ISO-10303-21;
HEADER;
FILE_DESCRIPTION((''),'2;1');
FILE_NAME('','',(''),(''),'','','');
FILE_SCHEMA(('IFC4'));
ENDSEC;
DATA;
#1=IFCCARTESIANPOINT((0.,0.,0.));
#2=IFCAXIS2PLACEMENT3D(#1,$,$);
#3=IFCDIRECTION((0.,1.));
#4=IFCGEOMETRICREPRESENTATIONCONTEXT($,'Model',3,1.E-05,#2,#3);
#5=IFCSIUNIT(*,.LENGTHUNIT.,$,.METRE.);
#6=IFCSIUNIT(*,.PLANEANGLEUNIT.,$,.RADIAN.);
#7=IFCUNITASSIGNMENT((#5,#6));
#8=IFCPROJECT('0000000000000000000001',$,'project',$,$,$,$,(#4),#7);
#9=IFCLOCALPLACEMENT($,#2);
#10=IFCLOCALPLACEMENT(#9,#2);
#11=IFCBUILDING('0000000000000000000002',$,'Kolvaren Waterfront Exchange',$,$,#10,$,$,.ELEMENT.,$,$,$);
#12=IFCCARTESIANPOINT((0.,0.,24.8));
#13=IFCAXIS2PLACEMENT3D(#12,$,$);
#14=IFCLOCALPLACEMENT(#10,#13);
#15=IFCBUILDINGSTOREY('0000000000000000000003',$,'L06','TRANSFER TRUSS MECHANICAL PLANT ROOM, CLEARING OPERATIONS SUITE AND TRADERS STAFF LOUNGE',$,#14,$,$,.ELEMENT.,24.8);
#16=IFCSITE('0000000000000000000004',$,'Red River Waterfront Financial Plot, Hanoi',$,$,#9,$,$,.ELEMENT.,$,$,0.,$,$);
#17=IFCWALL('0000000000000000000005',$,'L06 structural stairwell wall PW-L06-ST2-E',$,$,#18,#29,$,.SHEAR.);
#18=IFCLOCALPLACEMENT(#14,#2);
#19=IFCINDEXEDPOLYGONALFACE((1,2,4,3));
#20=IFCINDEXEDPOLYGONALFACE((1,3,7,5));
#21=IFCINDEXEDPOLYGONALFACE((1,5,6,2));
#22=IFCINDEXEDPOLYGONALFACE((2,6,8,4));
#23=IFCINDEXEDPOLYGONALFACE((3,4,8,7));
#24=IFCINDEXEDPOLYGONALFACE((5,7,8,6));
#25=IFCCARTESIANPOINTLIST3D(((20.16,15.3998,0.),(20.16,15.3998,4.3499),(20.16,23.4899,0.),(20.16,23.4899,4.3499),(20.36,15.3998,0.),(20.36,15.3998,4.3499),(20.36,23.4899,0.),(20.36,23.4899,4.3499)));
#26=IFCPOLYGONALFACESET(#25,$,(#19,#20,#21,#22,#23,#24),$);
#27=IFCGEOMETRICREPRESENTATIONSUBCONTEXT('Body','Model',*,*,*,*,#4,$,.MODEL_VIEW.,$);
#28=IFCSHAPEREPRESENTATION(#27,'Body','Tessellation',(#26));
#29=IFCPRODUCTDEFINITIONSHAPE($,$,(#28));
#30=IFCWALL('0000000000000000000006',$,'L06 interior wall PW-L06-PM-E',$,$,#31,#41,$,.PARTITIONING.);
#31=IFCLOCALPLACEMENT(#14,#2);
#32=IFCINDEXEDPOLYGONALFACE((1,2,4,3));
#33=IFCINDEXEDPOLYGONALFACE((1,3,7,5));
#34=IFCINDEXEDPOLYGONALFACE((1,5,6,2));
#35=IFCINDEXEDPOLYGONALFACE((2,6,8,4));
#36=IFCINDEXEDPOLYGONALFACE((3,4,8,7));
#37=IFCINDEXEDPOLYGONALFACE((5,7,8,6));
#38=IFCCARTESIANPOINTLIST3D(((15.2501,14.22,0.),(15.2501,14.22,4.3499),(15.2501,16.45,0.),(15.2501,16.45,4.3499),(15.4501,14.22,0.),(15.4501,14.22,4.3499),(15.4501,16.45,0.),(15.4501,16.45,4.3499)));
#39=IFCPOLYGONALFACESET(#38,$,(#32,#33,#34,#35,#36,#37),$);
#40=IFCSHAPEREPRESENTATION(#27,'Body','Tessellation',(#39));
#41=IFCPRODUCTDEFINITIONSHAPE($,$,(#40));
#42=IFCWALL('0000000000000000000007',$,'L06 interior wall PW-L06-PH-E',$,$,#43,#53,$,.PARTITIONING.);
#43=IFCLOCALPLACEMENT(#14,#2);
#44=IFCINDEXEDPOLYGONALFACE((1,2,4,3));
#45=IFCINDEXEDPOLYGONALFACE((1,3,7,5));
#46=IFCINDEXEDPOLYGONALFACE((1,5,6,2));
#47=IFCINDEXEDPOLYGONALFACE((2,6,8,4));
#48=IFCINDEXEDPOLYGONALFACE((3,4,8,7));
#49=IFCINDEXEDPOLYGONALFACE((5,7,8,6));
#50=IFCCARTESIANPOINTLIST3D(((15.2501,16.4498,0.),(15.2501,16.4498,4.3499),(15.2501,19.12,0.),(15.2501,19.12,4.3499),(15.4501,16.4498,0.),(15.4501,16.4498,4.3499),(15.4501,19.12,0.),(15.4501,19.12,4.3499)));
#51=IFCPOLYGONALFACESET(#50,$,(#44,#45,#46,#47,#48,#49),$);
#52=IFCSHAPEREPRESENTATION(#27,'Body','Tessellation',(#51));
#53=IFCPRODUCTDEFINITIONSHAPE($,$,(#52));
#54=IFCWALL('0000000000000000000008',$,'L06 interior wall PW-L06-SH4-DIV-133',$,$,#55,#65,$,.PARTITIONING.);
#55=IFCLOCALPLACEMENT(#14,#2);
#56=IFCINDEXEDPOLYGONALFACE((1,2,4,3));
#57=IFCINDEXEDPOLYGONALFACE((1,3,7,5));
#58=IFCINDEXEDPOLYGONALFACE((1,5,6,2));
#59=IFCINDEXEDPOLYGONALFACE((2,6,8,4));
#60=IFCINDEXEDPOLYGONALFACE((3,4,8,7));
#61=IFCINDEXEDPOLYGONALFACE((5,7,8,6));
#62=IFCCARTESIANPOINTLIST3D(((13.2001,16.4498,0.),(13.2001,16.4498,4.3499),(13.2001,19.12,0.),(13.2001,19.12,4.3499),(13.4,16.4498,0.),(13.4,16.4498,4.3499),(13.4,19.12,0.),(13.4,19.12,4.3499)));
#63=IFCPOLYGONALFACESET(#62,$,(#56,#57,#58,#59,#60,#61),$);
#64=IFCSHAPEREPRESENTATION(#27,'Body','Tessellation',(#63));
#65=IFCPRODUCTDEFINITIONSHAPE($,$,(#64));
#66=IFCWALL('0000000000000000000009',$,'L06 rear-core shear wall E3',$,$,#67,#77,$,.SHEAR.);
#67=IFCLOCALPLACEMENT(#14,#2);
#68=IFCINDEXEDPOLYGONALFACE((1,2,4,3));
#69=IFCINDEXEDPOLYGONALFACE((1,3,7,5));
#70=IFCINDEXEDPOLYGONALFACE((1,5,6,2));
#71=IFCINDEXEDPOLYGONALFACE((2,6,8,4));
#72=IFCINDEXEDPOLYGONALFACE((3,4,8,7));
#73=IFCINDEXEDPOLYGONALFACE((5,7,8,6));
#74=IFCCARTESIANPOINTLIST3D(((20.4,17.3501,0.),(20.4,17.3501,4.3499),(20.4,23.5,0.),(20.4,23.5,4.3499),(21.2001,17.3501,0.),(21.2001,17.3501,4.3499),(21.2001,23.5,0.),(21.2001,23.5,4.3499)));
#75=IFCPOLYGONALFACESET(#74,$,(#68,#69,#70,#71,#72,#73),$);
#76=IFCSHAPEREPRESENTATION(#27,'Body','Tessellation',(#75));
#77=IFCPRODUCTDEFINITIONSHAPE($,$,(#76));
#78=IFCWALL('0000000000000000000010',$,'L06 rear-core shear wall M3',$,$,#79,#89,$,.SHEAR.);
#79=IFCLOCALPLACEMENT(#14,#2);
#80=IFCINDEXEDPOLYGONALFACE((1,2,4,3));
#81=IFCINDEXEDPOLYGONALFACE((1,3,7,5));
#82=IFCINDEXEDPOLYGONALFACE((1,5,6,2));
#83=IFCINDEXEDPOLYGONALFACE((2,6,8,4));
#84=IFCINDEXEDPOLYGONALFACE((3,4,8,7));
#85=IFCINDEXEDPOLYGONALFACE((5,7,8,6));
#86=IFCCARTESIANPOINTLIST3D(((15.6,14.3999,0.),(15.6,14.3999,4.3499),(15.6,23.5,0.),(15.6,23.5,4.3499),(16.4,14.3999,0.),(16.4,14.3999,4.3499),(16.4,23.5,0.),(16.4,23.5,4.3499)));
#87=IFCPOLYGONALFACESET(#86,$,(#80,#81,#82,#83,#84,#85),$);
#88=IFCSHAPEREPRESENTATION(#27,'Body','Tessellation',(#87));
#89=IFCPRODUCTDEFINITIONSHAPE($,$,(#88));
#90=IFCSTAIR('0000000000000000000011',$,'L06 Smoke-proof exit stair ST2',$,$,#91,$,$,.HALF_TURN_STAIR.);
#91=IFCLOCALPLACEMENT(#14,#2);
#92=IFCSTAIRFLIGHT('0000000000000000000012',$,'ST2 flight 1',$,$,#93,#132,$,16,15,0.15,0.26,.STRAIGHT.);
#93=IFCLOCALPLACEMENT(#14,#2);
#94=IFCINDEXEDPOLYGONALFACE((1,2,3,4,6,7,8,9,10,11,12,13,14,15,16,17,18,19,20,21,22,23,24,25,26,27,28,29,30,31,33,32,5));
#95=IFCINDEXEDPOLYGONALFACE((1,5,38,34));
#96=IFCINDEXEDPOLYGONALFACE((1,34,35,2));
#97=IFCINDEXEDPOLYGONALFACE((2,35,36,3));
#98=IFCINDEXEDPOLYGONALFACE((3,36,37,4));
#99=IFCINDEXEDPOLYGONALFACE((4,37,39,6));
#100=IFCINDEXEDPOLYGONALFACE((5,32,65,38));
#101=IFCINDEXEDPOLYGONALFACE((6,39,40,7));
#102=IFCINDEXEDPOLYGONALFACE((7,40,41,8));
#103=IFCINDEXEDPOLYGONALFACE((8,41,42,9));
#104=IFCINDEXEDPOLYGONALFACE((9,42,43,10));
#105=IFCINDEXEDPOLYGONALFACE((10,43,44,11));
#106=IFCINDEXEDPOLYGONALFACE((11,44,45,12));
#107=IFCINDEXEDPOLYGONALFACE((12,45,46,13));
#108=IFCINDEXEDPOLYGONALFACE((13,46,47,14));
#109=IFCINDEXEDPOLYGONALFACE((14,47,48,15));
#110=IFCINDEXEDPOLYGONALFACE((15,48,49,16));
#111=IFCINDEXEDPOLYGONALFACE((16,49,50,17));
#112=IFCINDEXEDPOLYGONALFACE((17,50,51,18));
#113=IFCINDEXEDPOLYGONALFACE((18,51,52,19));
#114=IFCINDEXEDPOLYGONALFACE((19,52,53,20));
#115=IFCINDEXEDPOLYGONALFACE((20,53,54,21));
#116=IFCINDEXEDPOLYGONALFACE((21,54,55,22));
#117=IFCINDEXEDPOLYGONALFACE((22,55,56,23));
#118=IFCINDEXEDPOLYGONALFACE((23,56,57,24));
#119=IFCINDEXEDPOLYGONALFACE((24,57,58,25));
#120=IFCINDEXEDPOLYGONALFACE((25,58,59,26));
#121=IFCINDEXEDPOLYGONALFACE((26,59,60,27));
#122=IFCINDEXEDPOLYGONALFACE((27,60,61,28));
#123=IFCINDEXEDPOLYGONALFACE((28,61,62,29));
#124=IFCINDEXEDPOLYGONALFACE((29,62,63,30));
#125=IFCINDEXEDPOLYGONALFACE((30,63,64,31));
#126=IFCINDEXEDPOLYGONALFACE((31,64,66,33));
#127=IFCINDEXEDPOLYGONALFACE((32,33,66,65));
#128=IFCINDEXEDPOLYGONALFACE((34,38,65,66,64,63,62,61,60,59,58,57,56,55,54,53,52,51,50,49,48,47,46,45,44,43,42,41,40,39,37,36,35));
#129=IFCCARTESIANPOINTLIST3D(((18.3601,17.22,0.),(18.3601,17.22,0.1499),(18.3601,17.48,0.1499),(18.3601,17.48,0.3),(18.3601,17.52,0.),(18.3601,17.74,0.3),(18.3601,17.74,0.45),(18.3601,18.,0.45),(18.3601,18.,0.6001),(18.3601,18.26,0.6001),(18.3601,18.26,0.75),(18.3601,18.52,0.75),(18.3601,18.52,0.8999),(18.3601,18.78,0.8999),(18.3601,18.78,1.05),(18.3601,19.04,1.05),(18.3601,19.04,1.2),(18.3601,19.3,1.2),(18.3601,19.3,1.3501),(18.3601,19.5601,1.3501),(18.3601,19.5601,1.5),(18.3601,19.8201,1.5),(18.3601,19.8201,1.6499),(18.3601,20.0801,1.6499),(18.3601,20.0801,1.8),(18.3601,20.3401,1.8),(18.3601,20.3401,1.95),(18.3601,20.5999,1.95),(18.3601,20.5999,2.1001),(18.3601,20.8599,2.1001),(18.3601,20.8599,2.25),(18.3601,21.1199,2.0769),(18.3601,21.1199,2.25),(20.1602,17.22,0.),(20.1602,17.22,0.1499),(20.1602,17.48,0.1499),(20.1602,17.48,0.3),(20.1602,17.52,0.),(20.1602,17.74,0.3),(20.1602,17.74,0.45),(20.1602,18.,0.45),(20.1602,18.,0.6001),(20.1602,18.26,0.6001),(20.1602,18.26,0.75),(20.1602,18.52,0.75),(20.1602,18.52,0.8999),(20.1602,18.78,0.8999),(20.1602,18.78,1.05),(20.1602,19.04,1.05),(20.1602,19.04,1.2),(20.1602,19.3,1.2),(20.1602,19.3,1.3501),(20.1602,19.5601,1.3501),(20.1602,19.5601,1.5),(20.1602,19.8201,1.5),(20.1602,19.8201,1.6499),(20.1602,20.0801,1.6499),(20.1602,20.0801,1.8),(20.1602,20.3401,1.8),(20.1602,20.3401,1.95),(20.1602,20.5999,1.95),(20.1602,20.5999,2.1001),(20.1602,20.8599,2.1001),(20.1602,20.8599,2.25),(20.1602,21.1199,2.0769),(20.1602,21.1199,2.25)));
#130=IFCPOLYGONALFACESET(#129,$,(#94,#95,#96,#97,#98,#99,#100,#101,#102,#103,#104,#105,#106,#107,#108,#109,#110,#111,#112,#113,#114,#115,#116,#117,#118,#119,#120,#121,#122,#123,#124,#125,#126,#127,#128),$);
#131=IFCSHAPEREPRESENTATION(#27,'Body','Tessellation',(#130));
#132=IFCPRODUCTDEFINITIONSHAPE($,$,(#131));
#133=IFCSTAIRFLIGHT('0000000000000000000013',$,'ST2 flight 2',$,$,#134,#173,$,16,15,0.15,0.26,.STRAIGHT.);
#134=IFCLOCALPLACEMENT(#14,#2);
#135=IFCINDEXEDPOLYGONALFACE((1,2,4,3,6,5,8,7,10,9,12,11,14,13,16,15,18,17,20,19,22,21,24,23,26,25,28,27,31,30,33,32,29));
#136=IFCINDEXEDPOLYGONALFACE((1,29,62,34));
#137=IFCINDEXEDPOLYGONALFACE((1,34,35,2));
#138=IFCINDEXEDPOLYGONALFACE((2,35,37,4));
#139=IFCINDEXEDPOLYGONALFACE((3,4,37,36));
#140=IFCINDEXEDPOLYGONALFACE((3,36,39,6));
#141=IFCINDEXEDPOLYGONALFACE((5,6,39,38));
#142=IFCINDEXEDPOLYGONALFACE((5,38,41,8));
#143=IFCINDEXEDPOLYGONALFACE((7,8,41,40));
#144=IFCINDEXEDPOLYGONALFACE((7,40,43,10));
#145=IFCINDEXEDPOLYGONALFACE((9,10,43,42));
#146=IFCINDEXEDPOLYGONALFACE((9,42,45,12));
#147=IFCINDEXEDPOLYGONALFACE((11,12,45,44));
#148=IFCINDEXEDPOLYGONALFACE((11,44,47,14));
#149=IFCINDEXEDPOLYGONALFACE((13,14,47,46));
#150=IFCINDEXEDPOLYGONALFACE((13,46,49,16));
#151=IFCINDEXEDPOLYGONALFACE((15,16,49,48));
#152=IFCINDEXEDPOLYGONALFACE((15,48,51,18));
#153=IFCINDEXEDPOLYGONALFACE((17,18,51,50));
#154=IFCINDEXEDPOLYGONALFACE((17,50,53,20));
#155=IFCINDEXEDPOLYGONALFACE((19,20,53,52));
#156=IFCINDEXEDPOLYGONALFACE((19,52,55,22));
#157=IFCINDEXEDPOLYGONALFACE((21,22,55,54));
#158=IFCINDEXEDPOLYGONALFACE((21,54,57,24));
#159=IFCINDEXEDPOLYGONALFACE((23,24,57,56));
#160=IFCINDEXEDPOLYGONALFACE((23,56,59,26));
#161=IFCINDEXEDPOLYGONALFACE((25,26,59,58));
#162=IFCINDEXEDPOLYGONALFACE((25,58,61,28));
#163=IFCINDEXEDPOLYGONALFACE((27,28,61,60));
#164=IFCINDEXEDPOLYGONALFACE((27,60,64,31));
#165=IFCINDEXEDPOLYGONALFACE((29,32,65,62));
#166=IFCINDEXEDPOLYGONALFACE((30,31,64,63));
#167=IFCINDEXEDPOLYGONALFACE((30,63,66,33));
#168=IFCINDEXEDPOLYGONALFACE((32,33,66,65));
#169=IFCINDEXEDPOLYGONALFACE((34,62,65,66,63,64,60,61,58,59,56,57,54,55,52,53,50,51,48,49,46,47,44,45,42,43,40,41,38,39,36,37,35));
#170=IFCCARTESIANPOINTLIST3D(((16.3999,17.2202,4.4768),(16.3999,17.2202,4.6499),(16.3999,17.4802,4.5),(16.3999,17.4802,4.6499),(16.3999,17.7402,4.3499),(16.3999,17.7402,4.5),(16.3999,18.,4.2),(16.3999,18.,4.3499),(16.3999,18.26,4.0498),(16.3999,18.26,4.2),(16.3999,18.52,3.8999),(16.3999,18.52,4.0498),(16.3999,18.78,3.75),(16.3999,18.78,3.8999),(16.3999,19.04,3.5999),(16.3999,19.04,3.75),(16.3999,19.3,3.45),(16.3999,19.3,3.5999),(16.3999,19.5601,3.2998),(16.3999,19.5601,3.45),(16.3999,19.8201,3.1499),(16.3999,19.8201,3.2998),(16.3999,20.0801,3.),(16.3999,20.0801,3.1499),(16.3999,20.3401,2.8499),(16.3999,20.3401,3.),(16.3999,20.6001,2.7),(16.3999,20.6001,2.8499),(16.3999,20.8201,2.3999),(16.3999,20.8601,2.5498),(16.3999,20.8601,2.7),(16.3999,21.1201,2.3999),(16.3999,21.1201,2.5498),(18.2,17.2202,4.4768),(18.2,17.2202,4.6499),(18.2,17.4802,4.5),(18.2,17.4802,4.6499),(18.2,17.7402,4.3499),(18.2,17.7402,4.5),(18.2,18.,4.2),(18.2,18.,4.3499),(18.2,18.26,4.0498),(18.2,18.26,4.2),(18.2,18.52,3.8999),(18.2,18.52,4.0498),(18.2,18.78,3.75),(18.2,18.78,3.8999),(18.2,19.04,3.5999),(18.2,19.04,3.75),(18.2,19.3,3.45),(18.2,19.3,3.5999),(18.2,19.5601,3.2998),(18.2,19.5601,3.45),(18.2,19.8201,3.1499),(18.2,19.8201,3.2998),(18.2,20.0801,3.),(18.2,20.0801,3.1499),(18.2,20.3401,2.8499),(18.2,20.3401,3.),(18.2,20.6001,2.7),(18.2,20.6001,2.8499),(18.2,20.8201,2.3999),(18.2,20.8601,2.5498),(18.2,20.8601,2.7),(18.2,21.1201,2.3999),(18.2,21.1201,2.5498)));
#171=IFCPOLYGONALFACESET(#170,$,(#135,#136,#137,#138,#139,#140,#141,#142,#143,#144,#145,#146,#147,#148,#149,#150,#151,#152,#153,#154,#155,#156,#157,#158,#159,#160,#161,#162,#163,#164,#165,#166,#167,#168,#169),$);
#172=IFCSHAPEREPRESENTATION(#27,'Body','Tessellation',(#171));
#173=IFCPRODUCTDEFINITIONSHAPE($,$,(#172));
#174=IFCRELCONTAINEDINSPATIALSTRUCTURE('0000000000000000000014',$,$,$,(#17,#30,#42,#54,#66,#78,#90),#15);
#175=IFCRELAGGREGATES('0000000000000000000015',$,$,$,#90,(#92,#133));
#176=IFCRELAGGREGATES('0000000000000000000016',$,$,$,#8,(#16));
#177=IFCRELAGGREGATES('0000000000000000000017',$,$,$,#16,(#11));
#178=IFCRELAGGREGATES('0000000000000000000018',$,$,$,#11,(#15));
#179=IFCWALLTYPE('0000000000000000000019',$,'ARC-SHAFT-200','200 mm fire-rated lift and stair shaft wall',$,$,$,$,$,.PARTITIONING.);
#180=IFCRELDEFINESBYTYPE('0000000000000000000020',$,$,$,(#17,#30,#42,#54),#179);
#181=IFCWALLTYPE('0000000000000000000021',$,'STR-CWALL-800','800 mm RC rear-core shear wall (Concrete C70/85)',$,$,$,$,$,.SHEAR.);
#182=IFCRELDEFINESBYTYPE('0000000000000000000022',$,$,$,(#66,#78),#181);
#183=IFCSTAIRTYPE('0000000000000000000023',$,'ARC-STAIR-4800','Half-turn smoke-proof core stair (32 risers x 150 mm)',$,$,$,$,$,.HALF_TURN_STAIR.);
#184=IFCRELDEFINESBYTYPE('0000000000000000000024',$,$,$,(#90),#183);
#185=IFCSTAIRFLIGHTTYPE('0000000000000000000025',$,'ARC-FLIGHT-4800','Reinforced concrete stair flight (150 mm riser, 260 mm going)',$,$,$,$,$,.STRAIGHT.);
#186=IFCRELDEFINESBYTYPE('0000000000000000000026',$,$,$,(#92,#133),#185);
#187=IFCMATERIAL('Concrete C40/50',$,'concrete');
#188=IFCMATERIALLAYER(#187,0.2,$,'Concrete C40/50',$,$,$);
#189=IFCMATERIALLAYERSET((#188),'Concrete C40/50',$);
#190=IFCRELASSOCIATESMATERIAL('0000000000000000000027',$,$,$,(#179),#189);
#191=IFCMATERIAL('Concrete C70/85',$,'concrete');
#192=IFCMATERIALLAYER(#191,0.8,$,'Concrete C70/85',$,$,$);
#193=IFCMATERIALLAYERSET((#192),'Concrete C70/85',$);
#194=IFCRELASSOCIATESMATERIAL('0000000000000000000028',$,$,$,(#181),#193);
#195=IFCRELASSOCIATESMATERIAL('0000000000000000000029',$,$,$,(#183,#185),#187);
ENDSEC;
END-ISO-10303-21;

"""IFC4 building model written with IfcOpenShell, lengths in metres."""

from ifc_helpers import new_model, si_unit, direction, frame, frame_2d, origin, place, context, subcontext, project, spatial, polyline, rectangle, outline, extrude, material, layer, layer_set, type_object, element, aggregate, save


model = new_model("IFC4")

# Units and contexts
model_context = context("Model", 3, precision=1e-05, world=origin(), true_north=direction((0.0, 1.0)))
body_context = subcontext(model_context, "Body", "Model", "MODEL_VIEW")
ifc_project = project(units=[si_unit("LENGTHUNIT", "METRE"), si_unit("PLANEANGLEUNIT", "RADIAN")], contexts=[model_context])

# Site, building, storey
site_placement = place(None, origin())
site = spatial("IfcSite", under=ifc_project, at=site_placement, Name="Red River Waterfront Financial Plot, Hanoi", CompositionType="ELEMENT", RefElevation=0.0)
building_placement = place(site_placement, origin())
building = spatial("IfcBuilding", under=site, at=building_placement, Name="Kolvaren Waterfront Exchange", CompositionType="ELEMENT")
storey_placement = place(building_placement, frame((0.0, 0.0, 24.8)))
storey = spatial("IfcBuildingStorey", under=building, at=storey_placement, Name="L06", Description="TRANSFER TRUSS MECHANICAL PLANT ROOM, CLEARING OPERATIONS SUITE AND TRADERS STAFF LOUNGE", CompositionType="ELEMENT", Elevation=24.8)

# Shared definitions
ifc_material_1 = material(Name="Concrete C70/85", Category="concrete")

# Walls
ifc_material_2 = material(Name="Concrete C40/50", Category="concrete")
ifc_layer_1 = layer(ifc_material_2, 0.2, Name="Concrete C40/50")
ifc_layer_set_1 = layer_set([ifc_layer_1], Name="Concrete C40/50")
wall_type_1 = type_object("IfcWallType", Name="ARC-SHAFT-200", Description="200 mm fire-rated lift and stair shaft wall", PredefinedType="PARTITIONING", material=ifc_layer_set_1)
wall_1_placement = place(storey_placement, frame((20.26, 15.3999, 0.0), z_axis=(0.0, 0.0, 1.0), x_axis=(0.0, 1.0, 0.0)))
element("IfcWall", 1, at=wall_1_placement, inside=storey, type_object=wall_type_1, Name="L06 structural stairwell wall PW-L06-ST2-E", PredefinedType="SHEAR", context=body_context, shape_type="SweptSolid", body=[
    extrude(rectangle(XDim=8.0901, YDim=0.2, at=frame_2d((4.0449, 0.0))), origin(), (0.0, 0.0, 1.0), 4.3499),
])
wall_2_placement = place(storey_placement, frame((15.3501, 14.22, 0.0), z_axis=(0.0, 0.0, 1.0), x_axis=(0.0, 1.0, 0.0)))
element("IfcWall", 2, at=wall_2_placement, inside=storey, type_object=wall_type_1, Name="L06 interior wall PW-L06-PM-E", PredefinedType="PARTITIONING", context=body_context, shape_type="SweptSolid", body=[
    extrude(rectangle(XDim=2.23, YDim=0.2, at=frame_2d((1.115, 0.0))), origin(), (0.0, 0.0, 1.0), 4.3499),
])
for number, where, z_axis, x_axis, name in (
    (3, (15.3501, 16.45, 0.0), (0.0, 0.0, 1.0), (0.0, 1.0, 0.0), "L06 interior wall PW-L06-PH-E"),
    (4, (13.3, 16.45, 0.0), (0.0, 0.0, 1.0), (0.0, 1.0, 0.0), "L06 interior wall PW-L06-SH4-DIV-133"),
):
    element("IfcWall", number, at=place(storey_placement, frame(where, z_axis=z_axis, x_axis=x_axis)), inside=storey, type_object=wall_type_1, Name=name, PredefinedType="PARTITIONING", context=body_context, shape_type="SweptSolid", body=[
        extrude(rectangle(XDim=2.6702, YDim=0.2, at=frame_2d((1.335, 0.0))), origin(), (0.0, 0.0, 1.0), 4.3499),
    ])
ifc_layer_2 = layer(ifc_material_1, 0.8, Name="Concrete C70/85")
ifc_layer_set_2 = layer_set([ifc_layer_2], Name="Concrete C70/85")
wall_type_2 = type_object("IfcWallType", Name="STR-CWALL-800", Description="800 mm RC rear-core shear wall (Concrete C70/85)", PredefinedType="SHEAR", material=ifc_layer_set_2)
wall_3_placement = place(storey_placement, frame((20.8, 17.3501, 0.0), z_axis=(0.0, 0.0, 1.0), x_axis=(0.0, 1.0, 0.0)))
element("IfcWall", 5, at=wall_3_placement, inside=storey, type_object=wall_type_2, Name="L06 rear-core shear wall E3", PredefinedType="SHEAR", context=body_context, shape_type="SweptSolid", body=[
    extrude(rectangle(XDim=6.1499, YDim=0.8, at=frame_2d((3.075, 0.0))), origin(), (0.0, 0.0, 1.0), 4.3499),
])
wall_4_placement = place(storey_placement, frame((16.0, 14.3999, 0.0), z_axis=(0.0, 0.0, 1.0), x_axis=(0.0, 1.0, 0.0)))
element("IfcWall", 6, at=wall_4_placement, inside=storey, type_object=wall_type_2, Name="L06 rear-core shear wall M3", PredefinedType="SHEAR", context=body_context, shape_type="SweptSolid", body=[
    extrude(rectangle(XDim=9.1001, YDim=0.8, at=frame_2d((4.55, 0.0))), origin(), (0.0, 0.0, 1.0), 4.3499),
])

# Stair, stair flights
stair_type = type_object("IfcStairType", Name="ARC-STAIR-4800", Description="Half-turn smoke-proof core stair (32 risers x 150 mm)", PredefinedType="HALF_TURN_STAIR", material=ifc_material_2)
stair_placement = place(storey_placement, origin())
stair = element("IfcStair", 7, at=stair_placement, inside=storey, type_object=stair_type, Name="L06 Smoke-proof exit stair ST2", PredefinedType="HALF_TURN_STAIR")
stair_flight_type = type_object("IfcStairFlightType", Name="ARC-FLIGHT-4800", Description="Reinforced concrete stair flight (150 mm riser, 260 mm going)", PredefinedType="STRAIGHT", material=ifc_material_2)
stair_flight_1_placement = place(storey_placement, frame((19.26, 17.22, 0.0), z_axis=(0.0, 0.0, 1.0), x_axis=(0.0, 1.0, 0.0)))
stair_flight_1 = element("IfcStairFlight", 8, at=stair_flight_1_placement, type_object=stair_flight_type, Name="ST2 flight 1", NumberOfRisers=16, NumberOfTreads=15, PredefinedType="STRAIGHT", RiserHeight=0.15, TreadLength=0.26, context=body_context, shape_type="SweptSolid", body=[
    extrude(outline(polyline([(0.0, 0.0), (0.0, 0.1499), (0.26, 0.1499), (0.26, 0.3), (0.52, 0.3), (0.52, 0.45), (0.78, 0.45), (0.78, 0.6001), (1.04, 0.6001), (1.04, 0.75), (1.3, 0.75), (1.3, 0.8999), (1.5601, 0.8999), (1.5601, 1.05), (1.8201, 1.05), (1.8201, 1.2), (2.0801, 1.2), (2.0801, 1.3501), (2.3401, 1.3501), (2.3401, 1.5), (2.6001, 1.5), (2.6001, 1.6499), (2.8601, 1.6499), (2.8601, 1.8), (3.1201, 1.8), (3.1201, 1.95), (3.3799, 1.95), (3.3799, 2.1001), (3.6399, 2.1001), (3.6399, 2.25), (3.8999, 2.25), (3.8999, 2.3999), (3.8999, 2.0769), (0.3, 0.0), (0.0, 0.0)])), frame((0.0, 0.8999, 0.0), z_axis=(0.0, -1.0, 0.0), x_axis=(1.0, 0.0, 0.0)), (0.0, 0.0, 1.0), 1.8),
])
stair_flight_2_placement = place(storey_placement, frame((17.3, 21.1201, 2.3999), z_axis=(0.0, 0.0, 1.0), x_axis=(0.0, -1.0, 0.0)))
stair_flight_2 = element("IfcStairFlight", 9, at=stair_flight_2_placement, type_object=stair_flight_type, Name="ST2 flight 2", NumberOfRisers=16, NumberOfTreads=15, PredefinedType="STRAIGHT", RiserHeight=0.15, TreadLength=0.26, context=body_context, shape_type="SweptSolid", body=[
    extrude(outline(polyline([(0.0, 0.0), (0.0, 0.1499), (0.26, 0.1499), (0.26, 0.3), (0.52, 0.3), (0.52, 0.45), (0.78, 0.45), (0.78, 0.6001), (1.04, 0.6001), (1.04, 0.75), (1.3, 0.75), (1.3, 0.8999), (1.5601, 0.8999), (1.5601, 1.05), (1.8201, 1.05), (1.8201, 1.2), (2.0801, 1.2), (2.0801, 1.3501), (2.3401, 1.3501), (2.3401, 1.5), (2.6001, 1.5), (2.6001, 1.6499), (2.8601, 1.6499), (2.8601, 1.8), (3.1201, 1.8), (3.1201, 1.95), (3.3799, 1.95), (3.3799, 2.1001), (3.6399, 2.1001), (3.6399, 2.25), (3.8999, 2.25), (3.8999, 2.3999), (3.8999, 2.0769), (0.3, 0.0), (0.0, 0.0)])), frame((0.0, 0.8999, 0.0), z_axis=(0.0, -1.0, 0.0), x_axis=(1.0, 0.0, 0.0)), (0.0, 0.0, 1.0), 1.8),
])
aggregate(stair, [stair_flight_1, stair_flight_2])

save(model, "model.ifc")
